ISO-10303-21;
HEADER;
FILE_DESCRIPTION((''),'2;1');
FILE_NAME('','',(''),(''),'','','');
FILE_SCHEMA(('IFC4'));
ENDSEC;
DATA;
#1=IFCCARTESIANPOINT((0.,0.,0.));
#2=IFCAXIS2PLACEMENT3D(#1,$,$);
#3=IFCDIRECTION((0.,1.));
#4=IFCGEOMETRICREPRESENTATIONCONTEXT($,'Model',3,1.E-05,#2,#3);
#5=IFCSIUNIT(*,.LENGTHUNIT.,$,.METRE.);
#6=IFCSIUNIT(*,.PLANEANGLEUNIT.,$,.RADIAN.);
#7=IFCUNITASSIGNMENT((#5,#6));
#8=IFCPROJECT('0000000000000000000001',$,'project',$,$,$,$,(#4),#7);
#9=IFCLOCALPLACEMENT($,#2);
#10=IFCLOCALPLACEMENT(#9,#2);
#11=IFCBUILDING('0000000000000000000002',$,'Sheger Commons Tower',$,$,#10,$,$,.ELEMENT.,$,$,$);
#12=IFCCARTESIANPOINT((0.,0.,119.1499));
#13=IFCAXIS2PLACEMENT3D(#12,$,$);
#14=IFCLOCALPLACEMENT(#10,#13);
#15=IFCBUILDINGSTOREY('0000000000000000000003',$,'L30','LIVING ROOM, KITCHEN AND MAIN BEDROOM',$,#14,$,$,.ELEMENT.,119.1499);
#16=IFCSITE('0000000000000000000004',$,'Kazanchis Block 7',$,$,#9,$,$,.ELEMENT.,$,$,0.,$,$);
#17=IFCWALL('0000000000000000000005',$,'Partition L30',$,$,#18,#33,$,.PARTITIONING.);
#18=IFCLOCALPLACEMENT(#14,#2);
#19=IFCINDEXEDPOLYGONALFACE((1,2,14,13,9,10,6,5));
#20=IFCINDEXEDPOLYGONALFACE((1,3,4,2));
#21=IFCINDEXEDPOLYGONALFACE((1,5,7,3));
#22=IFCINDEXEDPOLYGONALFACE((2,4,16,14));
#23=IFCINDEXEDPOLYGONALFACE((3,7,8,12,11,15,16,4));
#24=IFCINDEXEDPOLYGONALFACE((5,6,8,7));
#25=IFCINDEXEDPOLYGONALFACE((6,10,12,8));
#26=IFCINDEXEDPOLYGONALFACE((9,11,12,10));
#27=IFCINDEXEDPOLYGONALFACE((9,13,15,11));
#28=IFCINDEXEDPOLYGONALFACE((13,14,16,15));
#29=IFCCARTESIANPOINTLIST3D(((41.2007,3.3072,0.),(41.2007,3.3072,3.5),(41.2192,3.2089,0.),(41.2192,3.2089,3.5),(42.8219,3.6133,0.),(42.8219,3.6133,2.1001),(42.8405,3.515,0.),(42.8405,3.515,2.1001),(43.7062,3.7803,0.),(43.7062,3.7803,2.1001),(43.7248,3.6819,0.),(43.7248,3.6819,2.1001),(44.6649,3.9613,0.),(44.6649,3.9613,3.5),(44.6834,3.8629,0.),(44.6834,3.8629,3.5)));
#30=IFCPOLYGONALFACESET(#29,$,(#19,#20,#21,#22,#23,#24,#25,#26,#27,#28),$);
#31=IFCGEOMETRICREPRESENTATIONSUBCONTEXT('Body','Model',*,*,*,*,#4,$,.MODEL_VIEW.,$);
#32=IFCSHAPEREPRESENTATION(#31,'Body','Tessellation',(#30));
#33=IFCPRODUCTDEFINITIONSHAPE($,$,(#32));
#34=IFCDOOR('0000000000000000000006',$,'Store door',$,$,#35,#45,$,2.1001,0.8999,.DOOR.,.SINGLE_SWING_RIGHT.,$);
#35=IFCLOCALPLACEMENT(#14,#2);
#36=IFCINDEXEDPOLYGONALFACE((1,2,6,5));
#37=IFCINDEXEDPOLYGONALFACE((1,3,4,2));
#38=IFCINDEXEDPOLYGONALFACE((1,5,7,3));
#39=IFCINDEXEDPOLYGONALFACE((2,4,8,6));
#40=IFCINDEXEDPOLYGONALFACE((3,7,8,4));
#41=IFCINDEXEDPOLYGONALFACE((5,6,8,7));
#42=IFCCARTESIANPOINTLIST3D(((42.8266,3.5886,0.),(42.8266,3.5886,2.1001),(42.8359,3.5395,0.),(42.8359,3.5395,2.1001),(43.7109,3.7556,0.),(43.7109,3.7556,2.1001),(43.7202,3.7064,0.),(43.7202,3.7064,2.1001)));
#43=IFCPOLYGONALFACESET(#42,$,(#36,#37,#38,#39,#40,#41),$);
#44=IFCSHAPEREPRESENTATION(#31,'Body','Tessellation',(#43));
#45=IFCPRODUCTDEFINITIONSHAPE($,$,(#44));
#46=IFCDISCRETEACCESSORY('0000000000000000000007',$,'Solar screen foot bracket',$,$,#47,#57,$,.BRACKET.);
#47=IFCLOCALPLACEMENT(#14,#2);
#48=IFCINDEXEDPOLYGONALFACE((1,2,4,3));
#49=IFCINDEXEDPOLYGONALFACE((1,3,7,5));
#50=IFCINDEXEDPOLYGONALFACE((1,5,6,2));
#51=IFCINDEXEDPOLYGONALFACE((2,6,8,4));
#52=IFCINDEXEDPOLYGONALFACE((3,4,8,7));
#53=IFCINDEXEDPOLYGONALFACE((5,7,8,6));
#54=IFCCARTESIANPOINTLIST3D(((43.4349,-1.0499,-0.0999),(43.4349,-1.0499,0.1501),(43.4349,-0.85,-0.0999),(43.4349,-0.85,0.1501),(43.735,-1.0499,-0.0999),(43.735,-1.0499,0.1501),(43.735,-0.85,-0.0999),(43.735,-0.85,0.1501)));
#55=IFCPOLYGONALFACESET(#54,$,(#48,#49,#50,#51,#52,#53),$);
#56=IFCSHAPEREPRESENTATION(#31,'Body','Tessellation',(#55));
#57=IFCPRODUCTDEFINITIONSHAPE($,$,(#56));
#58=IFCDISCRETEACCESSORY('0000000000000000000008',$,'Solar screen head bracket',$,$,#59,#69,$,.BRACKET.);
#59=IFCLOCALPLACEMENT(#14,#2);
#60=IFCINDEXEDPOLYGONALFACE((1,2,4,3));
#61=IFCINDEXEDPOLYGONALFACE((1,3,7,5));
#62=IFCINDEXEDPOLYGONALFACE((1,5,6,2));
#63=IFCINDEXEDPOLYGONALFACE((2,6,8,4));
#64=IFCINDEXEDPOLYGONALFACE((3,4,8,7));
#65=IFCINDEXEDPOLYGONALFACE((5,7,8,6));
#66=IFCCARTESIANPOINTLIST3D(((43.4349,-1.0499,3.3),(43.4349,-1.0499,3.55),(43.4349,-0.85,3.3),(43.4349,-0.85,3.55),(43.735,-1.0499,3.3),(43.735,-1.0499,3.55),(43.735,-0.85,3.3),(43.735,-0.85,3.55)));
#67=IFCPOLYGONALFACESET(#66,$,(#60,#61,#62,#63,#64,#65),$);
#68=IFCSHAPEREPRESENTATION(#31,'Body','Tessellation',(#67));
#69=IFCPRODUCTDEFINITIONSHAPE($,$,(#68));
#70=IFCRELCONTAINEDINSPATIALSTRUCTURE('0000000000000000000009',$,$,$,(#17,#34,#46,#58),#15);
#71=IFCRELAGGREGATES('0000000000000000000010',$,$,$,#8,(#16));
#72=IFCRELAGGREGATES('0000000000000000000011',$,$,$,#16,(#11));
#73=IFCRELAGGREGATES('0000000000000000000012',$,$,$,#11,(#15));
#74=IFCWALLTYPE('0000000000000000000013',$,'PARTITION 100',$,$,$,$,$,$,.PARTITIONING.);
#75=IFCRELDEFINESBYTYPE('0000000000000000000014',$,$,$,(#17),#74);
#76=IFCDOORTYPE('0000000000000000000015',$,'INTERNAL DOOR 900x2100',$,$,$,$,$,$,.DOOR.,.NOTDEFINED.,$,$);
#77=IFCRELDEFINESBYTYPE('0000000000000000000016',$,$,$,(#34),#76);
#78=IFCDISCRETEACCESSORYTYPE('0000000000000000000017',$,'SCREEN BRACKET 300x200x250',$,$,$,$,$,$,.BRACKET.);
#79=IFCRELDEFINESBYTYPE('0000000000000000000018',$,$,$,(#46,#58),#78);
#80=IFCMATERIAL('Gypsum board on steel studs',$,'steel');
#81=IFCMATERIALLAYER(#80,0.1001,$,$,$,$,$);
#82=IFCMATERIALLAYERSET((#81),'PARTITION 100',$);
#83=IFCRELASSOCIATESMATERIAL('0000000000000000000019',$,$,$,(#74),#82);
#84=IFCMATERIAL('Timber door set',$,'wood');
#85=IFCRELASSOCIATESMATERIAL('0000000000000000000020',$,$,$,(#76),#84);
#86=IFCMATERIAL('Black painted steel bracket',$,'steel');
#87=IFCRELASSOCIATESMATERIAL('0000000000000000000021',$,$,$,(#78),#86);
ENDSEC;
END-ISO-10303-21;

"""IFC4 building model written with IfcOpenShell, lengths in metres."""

from ifc_helpers import new_model, si_unit, direction, frame, frame_2d, origin, origin_2d, place, context, subcontext, project, spatial, rectangle, extrude, material, layer, layer_set, type_object, element, fill, save


model = new_model("IFC4")

# Units and contexts
model_context = context("Model", 3, precision=1e-05, world=origin(), true_north=direction((0.0, 1.0)))
body_context = subcontext(model_context, "Body", "Model", "MODEL_VIEW")
ifc_project = project(units=[si_unit("LENGTHUNIT", "METRE"), si_unit("PLANEANGLEUNIT", "RADIAN")], contexts=[model_context])

# Site, building, storey
site_placement = place(None, origin())
site = spatial("IfcSite", under=ifc_project, at=site_placement, Name="Kazanchis Block 7", CompositionType="ELEMENT", RefElevation=0.0)
building_placement = place(site_placement, origin())
building = spatial("IfcBuilding", under=site, at=building_placement, Name="Sheger Commons Tower", CompositionType="ELEMENT")
storey_placement = place(building_placement, frame((0.0, 0.0, 119.1499)))
storey = spatial("IfcBuildingStorey", under=building, at=storey_placement, Name="L30", Description="LIVING ROOM, KITCHEN AND MAIN BEDROOM", CompositionType="ELEMENT", Elevation=119.1499)

# Shared definitions
ifc_material_1 = material(Name="Gypsum board on steel studs", Category="steel")
ifc_layer_1 = layer(ifc_material_1, 0.1001)
ifc_layer_set_1 = layer_set([ifc_layer_1], Name="PARTITION 100")
wall_type = type_object("IfcWallType", Name="PARTITION 100", PredefinedType="PARTITIONING", material=ifc_layer_set_1)
ifc_material_2 = material(Name="Timber door set", Category="wood")
door_type = type_object("IfcDoorType", Name="INTERNAL DOOR 900x2100", OperationType="NOTDEFINED", PredefinedType="DOOR", material=ifc_material_2)

# Wall, opening, door
wall_1_placement = place(storey_placement, frame((41.21, 3.2581, 0.0), z_axis=(0.0, 0.0, 1.0), x_axis=(0.982639, 0.18553, 0.0)))
wall_1 = element("IfcWall", 1, at=wall_1_placement, inside=storey, type_object=wall_type, Name="Partition L30", PredefinedType="PARTITIONING", context=body_context, shape_type="SweptSolid", body=[
    extrude(rectangle(XDim=3.5254, YDim=0.1001, at=frame_2d((1.7627, 0.0))), origin(), (0.0, 0.0, 1.0), 3.5),
])
opening_1_placement = place(wall_1_placement, frame((1.6499, 0.0, 0.0)))
opening_1 = element("IfcOpeningElement", 2, at=opening_1_placement, cuts=wall_1, PredefinedType="OPENING", context=body_context, shape_type="SweptSolid", body=[
    extrude(rectangle(XDim=0.8999, YDim=2.1001, at=frame_2d((0.45, 1.05))), frame((0.0, 0.0601, 0.0), z_axis=(0.0, -1.0, 0.0), x_axis=(1.0, 0.0, 0.0)), (0.0, 0.0, 1.0), 0.1201),
])
door_1_placement = place(opening_1_placement, origin())
door_1 = element("IfcDoor", 3, at=door_1_placement, inside=storey, type_object=door_type, Name="Store door", OperationType="SINGLE_SWING_RIGHT", OverallHeight=2.1001, OverallWidth=0.8999, PredefinedType="DOOR", context=body_context, shape_type="SweptSolid", body=[
    extrude(rectangle(XDim=0.8999, YDim=2.1001, at=frame_2d((0.45, 1.05))), frame((0.0, 0.0249, 0.0), z_axis=(0.0, -1.0, 0.0), x_axis=(1.0, 0.0, 0.0)), (0.0, 0.0, 1.0), 0.05),
])
fill(opening_1, door_1)

# Discrete accessories
ifc_material_3 = material(Name="Black painted steel bracket", Category="steel")
discrete_accessory_type = type_object("IfcDiscreteAccessoryType", Name="SCREEN BRACKET 300x200x250", PredefinedType="BRACKET", material=ifc_material_3)
for number, where, z_axis, x_axis, name in (
    (4, (43.585, -0.95, -0.0999), (0.0, 0.0, 1.0), (1.0, 0.0, 0.0), "Solar screen foot bracket"),
    (5, (43.585, -0.95, 3.3), (0.0, 0.0, 1.0), (1.0, 0.0, 0.0), "Solar screen head bracket"),
):
    element("IfcDiscreteAccessory", number, at=place(storey_placement, frame(where, z_axis=z_axis, x_axis=x_axis)), inside=storey, type_object=discrete_accessory_type, Name=name, PredefinedType="BRACKET", context=body_context, shape_type="SweptSolid", body=[
        extrude(rectangle(XDim=0.3, YDim=0.2, at=origin_2d()), origin(), (0.0, 0.0, 1.0), 0.25),
    ])

save(model, "model.ifc")
